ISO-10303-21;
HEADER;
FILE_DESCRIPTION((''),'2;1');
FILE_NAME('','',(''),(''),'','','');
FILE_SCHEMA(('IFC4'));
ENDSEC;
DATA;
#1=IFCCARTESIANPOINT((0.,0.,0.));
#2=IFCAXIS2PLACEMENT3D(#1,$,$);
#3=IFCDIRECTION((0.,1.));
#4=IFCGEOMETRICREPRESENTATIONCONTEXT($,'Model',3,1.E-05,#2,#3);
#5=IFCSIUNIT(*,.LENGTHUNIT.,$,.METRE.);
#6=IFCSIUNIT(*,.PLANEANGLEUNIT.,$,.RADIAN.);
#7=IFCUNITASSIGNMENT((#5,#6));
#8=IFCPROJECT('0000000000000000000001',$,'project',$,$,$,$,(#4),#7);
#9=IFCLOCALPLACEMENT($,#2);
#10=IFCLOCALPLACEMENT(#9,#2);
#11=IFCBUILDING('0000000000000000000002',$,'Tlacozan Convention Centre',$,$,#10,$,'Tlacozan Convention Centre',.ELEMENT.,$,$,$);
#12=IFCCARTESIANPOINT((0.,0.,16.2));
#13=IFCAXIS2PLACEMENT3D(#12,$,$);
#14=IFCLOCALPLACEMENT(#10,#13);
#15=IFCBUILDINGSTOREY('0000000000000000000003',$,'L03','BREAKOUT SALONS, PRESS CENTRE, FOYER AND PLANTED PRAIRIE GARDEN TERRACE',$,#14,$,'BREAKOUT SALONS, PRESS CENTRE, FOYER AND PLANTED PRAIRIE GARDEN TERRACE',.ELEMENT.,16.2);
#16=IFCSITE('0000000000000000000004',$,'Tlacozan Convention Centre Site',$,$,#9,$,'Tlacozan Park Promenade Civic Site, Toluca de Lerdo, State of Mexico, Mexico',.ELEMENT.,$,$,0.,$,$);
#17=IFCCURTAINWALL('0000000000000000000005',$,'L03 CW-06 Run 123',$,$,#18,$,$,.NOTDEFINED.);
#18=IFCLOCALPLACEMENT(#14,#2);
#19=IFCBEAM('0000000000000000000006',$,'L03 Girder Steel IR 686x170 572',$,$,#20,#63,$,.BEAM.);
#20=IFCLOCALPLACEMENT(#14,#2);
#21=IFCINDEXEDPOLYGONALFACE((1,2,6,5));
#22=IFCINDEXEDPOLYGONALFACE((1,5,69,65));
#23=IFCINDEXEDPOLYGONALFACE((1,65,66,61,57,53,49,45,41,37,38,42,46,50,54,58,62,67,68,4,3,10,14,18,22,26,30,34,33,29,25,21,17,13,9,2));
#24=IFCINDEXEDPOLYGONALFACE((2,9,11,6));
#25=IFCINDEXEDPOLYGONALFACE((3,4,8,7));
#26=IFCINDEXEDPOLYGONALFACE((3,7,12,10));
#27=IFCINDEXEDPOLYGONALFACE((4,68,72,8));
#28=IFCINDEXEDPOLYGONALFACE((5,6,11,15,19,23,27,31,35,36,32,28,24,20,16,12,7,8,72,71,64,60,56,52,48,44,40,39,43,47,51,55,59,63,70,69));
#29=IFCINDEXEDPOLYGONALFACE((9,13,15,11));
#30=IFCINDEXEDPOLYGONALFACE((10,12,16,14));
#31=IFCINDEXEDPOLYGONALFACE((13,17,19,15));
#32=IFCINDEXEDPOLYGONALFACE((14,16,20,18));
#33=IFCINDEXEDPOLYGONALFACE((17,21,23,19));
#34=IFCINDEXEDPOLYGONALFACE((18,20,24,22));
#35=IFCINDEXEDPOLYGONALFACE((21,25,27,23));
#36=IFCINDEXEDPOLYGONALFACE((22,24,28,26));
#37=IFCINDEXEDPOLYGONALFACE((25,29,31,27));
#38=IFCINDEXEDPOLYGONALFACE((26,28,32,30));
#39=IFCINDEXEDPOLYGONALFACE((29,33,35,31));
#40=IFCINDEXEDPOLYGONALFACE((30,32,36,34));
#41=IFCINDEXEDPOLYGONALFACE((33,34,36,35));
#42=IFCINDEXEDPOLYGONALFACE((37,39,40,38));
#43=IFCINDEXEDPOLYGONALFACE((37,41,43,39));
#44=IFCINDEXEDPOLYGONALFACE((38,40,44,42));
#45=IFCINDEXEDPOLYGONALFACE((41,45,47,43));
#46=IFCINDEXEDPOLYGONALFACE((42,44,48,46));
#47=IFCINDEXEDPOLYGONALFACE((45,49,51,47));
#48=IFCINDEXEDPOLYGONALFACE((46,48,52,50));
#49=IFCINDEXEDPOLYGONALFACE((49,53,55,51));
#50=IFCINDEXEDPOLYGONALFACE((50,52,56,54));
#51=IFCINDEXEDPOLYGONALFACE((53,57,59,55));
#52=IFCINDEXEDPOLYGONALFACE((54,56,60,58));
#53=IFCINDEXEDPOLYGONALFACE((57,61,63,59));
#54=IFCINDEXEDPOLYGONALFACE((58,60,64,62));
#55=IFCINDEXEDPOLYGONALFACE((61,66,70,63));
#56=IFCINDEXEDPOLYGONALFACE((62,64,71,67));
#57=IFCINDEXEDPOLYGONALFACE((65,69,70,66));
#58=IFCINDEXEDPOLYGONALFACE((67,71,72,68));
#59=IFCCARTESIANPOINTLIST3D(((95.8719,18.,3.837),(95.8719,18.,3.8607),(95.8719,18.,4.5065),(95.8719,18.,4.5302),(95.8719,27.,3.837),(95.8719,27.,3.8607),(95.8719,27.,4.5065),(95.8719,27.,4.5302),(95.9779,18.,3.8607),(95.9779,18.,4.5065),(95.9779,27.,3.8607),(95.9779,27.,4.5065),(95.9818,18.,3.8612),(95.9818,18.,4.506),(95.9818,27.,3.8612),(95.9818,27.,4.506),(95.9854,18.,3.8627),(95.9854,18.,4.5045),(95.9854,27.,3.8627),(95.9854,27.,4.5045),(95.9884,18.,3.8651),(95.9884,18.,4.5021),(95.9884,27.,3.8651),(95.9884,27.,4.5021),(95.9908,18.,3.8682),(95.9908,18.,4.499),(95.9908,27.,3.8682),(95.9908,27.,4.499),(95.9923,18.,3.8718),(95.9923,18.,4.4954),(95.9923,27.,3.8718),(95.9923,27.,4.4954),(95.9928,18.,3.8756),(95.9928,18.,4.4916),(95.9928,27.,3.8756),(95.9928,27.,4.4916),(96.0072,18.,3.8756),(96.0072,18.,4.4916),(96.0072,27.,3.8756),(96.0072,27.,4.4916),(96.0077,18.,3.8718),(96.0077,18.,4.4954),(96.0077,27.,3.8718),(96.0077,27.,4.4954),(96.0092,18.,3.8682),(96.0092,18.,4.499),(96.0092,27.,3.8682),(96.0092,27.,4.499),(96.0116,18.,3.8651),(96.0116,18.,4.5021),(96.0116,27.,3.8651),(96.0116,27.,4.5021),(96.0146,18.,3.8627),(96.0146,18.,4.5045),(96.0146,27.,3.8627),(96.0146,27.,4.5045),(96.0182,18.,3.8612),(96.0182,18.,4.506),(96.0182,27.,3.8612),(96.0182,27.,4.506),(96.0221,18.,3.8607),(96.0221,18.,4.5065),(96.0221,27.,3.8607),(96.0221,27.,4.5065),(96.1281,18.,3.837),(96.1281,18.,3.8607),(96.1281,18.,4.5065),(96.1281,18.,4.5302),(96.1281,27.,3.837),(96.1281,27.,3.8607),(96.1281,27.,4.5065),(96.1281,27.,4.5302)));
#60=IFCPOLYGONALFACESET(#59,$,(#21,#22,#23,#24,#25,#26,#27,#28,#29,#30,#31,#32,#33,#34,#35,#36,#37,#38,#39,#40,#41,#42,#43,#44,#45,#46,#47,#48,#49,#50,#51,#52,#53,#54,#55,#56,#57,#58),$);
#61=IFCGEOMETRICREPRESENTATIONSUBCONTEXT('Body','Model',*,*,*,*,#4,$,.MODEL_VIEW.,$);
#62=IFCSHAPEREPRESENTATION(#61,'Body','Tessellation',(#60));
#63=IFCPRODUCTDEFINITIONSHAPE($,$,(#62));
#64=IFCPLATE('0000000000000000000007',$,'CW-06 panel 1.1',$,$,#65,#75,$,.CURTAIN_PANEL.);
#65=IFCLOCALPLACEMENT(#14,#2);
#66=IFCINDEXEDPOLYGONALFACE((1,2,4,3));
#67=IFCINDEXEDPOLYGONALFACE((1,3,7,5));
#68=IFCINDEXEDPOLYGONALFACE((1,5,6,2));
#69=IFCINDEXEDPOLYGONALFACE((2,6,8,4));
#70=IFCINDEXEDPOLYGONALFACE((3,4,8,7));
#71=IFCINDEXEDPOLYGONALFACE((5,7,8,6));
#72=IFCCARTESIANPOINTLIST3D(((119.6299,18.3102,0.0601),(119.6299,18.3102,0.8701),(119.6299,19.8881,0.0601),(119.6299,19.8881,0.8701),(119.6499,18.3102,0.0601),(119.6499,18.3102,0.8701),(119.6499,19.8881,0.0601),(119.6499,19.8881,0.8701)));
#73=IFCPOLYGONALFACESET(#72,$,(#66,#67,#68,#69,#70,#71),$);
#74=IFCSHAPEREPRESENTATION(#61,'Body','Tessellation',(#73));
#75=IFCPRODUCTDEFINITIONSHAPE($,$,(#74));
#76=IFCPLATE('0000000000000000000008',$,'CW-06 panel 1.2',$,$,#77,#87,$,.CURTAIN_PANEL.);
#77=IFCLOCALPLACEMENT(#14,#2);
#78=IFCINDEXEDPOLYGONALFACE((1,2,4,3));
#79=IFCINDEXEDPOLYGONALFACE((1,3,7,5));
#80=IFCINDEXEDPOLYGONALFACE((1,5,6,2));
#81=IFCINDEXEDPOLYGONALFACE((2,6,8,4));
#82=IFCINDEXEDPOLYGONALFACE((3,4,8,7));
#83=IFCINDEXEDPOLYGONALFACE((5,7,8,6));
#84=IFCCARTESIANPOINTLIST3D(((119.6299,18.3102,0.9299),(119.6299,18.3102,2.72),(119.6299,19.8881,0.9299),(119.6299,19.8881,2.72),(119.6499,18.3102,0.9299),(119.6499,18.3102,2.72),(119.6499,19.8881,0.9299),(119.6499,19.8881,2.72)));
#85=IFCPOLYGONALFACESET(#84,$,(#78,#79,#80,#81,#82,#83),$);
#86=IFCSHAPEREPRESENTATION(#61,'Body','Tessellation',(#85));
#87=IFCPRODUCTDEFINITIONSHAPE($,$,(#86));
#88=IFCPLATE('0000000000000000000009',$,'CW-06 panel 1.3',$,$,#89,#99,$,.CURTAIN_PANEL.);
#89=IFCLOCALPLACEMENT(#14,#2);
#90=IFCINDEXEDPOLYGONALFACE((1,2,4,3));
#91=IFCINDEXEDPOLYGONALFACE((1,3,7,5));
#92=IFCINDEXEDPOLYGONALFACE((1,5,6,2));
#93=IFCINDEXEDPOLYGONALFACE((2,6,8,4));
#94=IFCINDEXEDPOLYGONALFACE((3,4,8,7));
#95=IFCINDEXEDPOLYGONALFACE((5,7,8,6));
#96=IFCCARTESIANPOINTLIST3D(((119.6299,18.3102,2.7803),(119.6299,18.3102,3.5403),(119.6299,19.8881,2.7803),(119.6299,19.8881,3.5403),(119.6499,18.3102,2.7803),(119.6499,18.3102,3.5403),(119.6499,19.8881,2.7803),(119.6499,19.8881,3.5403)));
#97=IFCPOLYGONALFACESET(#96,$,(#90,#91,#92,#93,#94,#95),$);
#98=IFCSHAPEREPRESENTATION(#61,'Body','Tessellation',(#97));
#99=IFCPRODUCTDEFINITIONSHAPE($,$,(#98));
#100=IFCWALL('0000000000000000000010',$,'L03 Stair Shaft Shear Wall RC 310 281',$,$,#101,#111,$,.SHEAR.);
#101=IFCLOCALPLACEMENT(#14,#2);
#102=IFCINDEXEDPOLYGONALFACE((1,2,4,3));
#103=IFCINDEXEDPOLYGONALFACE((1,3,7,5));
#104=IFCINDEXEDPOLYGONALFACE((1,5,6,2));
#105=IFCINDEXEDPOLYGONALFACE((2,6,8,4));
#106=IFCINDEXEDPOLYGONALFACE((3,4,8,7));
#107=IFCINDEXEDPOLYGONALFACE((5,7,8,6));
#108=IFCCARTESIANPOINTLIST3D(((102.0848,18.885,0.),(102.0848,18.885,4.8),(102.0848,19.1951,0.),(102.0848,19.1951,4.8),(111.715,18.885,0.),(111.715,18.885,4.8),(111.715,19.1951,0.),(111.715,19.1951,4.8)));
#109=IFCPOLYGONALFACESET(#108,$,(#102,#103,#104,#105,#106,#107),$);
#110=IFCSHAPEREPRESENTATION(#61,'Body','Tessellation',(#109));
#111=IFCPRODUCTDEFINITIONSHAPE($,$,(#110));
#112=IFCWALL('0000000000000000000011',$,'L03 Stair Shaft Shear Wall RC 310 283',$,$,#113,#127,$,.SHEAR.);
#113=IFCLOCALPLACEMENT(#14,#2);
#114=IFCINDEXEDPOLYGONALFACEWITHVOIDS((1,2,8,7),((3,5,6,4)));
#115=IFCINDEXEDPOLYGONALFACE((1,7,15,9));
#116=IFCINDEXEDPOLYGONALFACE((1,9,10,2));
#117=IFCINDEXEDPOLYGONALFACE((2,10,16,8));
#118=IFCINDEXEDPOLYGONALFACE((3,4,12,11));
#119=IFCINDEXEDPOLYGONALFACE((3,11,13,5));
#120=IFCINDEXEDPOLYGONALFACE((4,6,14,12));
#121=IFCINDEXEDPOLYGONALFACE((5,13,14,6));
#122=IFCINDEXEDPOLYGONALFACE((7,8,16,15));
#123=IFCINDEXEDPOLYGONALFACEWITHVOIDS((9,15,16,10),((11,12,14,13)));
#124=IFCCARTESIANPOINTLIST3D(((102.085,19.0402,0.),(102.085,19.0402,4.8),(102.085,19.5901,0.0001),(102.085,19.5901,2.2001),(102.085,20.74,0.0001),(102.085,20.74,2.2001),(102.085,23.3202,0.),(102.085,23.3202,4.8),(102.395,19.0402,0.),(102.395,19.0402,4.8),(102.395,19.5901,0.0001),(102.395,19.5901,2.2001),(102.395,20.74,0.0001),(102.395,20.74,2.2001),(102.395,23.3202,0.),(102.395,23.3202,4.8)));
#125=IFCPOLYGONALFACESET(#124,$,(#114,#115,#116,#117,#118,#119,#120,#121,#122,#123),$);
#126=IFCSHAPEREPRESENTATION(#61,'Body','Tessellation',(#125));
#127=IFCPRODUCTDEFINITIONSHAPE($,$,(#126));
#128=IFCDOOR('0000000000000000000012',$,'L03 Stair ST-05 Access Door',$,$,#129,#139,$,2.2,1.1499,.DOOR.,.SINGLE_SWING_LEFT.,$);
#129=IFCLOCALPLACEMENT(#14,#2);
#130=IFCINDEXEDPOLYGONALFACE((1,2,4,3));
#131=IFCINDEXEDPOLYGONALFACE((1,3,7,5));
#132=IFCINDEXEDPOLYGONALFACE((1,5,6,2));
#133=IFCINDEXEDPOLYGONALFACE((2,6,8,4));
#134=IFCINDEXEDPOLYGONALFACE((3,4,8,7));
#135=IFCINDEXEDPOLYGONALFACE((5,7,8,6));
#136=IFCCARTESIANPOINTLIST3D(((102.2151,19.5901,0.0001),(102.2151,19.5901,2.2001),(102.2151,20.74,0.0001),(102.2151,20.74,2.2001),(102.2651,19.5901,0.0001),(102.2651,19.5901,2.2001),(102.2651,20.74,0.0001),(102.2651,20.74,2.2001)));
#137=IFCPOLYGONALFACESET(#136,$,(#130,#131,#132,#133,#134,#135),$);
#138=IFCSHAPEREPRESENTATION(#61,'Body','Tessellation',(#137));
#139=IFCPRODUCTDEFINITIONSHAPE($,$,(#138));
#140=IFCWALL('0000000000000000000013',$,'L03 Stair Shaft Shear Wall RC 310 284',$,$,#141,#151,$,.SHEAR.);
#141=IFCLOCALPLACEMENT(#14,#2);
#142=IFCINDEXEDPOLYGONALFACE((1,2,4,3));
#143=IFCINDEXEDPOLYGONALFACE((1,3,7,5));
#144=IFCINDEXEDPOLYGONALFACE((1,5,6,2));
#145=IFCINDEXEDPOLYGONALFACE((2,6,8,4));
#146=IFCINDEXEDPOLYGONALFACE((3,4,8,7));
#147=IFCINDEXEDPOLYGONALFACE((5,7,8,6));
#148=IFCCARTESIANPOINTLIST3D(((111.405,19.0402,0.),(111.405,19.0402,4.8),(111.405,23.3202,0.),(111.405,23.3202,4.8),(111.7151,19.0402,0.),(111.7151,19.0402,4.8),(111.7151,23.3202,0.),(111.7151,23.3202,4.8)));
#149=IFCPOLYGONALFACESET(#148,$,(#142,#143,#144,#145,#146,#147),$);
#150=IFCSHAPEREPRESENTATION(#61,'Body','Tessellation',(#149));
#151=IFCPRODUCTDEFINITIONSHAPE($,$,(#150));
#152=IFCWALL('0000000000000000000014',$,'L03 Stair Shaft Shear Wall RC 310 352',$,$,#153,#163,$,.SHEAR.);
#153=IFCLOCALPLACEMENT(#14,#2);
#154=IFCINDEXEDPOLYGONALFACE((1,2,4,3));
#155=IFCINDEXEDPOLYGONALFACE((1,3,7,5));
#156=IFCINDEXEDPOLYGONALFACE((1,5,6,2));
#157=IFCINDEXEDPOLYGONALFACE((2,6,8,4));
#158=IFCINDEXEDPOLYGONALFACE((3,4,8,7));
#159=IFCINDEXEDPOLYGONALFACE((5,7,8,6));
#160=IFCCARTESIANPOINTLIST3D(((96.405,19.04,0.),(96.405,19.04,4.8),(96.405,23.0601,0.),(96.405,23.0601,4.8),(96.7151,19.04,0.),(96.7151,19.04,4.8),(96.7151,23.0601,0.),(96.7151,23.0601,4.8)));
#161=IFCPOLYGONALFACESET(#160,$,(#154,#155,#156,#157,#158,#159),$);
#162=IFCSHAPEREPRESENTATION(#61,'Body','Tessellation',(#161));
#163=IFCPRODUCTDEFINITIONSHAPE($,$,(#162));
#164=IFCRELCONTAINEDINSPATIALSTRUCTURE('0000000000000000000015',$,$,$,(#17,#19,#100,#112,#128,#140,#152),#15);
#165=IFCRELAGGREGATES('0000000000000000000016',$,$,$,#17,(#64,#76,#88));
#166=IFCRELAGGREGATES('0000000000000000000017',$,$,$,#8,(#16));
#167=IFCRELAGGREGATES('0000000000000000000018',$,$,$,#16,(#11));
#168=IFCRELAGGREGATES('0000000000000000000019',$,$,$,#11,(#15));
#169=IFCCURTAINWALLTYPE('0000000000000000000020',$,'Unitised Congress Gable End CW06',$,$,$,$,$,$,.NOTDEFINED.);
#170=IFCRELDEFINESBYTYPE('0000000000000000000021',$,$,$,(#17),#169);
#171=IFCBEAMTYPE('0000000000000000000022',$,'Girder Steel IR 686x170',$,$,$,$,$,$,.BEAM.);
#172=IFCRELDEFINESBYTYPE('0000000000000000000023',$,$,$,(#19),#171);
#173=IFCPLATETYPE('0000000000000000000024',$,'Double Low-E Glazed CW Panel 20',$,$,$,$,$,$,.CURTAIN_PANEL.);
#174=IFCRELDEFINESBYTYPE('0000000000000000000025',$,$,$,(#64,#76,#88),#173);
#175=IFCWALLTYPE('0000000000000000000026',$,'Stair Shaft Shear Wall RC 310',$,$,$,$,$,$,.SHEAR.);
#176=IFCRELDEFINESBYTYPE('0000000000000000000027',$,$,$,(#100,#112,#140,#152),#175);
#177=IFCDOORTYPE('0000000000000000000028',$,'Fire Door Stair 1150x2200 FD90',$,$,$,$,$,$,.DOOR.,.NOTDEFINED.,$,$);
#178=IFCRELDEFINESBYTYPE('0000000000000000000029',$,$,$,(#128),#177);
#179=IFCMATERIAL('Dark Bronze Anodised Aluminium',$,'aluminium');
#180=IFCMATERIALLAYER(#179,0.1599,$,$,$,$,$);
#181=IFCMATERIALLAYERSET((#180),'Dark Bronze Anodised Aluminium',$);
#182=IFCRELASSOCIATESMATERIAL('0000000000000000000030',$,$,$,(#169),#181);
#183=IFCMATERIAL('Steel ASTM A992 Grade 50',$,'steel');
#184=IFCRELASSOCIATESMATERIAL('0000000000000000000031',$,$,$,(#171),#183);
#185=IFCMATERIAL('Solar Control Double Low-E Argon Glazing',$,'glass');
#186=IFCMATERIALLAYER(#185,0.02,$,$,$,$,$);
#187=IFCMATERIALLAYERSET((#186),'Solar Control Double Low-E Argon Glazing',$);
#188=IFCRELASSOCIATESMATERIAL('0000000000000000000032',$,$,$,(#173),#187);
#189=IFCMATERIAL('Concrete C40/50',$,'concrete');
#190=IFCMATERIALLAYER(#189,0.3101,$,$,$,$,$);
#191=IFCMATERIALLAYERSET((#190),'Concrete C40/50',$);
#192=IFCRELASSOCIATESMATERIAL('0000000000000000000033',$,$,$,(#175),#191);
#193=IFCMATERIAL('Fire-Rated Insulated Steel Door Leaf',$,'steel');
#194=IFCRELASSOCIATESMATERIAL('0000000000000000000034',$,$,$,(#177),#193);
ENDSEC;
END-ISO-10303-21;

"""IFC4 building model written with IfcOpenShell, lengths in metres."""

from ifc_helpers import new_model, si_unit, direction, frame, frame_2d, origin, origin_2d, place, context, subcontext, project, spatial, rectangle, i_section, extrude, material, layer, layer_set, material_profile, profile_set, type_object, element, fill, aggregate, save


model = new_model("IFC4")

# Units and contexts
model_context = context("Model", 3, precision=1e-05, world=origin(), true_north=direction((0.0, 1.0)))
body_context = subcontext(model_context, "Body", "Model", "MODEL_VIEW")
ifc_project = project(units=[si_unit("LENGTHUNIT", "METRE"), si_unit("PLANEANGLEUNIT", "RADIAN")], contexts=[model_context])

# Site, building, storey
site_placement = place(None, origin())
site = spatial("IfcSite", under=ifc_project, at=site_placement, Name="Tlacozan Convention Centre Site", LongName="Tlacozan Park Promenade Civic Site, Toluca de Lerdo, State of Mexico, Mexico", CompositionType="ELEMENT", RefElevation=0.0)
building_placement = place(site_placement, origin())
building = spatial("IfcBuilding", under=site, at=building_placement, Name="Tlacozan Convention Centre", LongName="Tlacozan Convention Centre", CompositionType="ELEMENT")
storey_placement = place(building_placement, frame((0.0, 0.0, 16.2)))
storey = spatial("IfcBuildingStorey", under=building, at=storey_placement, Name="L03", Description="BREAKOUT SALONS, PRESS CENTRE, FOYER AND PLANTED PRAIRIE GARDEN TERRACE", LongName="BREAKOUT SALONS, PRESS CENTRE, FOYER AND PLANTED PRAIRIE GARDEN TERRACE", CompositionType="ELEMENT", Elevation=16.2)

# Shared definitions
ifc_material_1 = material(Name="Concrete C40/50", Category="concrete")

# Curtain wall
ifc_material_2 = material(Name="Dark Bronze Anodised Aluminium", Category="aluminium")
ifc_layer_1 = layer(ifc_material_2, 0.1599)
ifc_layer_set_1 = layer_set([ifc_layer_1], Name="Dark Bronze Anodised Aluminium")
curtain_wall_type = type_object("IfcCurtainWallType", Name="Unitised Congress Gable End CW06", PredefinedType="NOTDEFINED", material=ifc_layer_set_1)
curtain_wall_placement = place(storey_placement, origin())
curtain_wall = element("IfcCurtainWall", 1, at=curtain_wall_placement, inside=storey, type_object=curtain_wall_type, Name="L03 CW-06 Run 123", PredefinedType="NOTDEFINED")

# Beam
ifc_material_3 = material(Name="Steel ASTM A992 Grade 50", Category="steel")
ifc_material_profile_1 = material_profile(ifc_material_3, i_section(OverallWidth=0.2561, OverallDepth=0.6931, WebThickness=0.0144, FlangeThickness=0.0237, FilletRadius=0.0149, at=origin_2d()), Name="IR 686x170.0")
ifc_profile_set_1 = profile_set([ifc_material_profile_1], Name="Steel ASTM A992 Grade 50")
beam_type = type_object("IfcBeamType", Name="Girder Steel IR 686x170", PredefinedType="BEAM", material=ifc_profile_set_1)
beam_placement = place(storey_placement, frame((96.0, 18.0, 4.1836), z_axis=(0.0, 1.0, 0.0), x_axis=(-1.0, 0.0, 0.0)))
element("IfcBeam", 2, at=beam_placement, inside=storey, type_object=beam_type, Name="L03 Girder Steel IR 686x170 572", PredefinedType="BEAM", context=body_context, shape_type="SweptSolid", body=[
    extrude(i_section(OverallWidth=0.2561, OverallDepth=0.6931, WebThickness=0.0144, FlangeThickness=0.0237, FilletRadius=0.0149, at=origin_2d()), origin(), (0.0, 0.0, 1.0), 9.0),
])

# Plates
ifc_material_4 = material(Name="Solar Control Double Low-E Argon Glazing", Category="glass")
ifc_layer_2 = layer(ifc_material_4, 0.02)
ifc_layer_set_2 = layer_set([ifc_layer_2], Name="Solar Control Double Low-E Argon Glazing")
plate_type = type_object("IfcPlateType", Name="Double Low-E Glazed CW Panel 20", PredefinedType="CURTAIN_PANEL", material=ifc_layer_set_2)
plate_1_placement = place(storey_placement, frame((119.6399, 19.0991, 0.0601), z_axis=(0.0, 0.0, 1.0), x_axis=(0.0, 1.0, 0.0)))
plate_1 = element("IfcPlate", 3, at=plate_1_placement, type_object=plate_type, Name="CW-06 panel 1.1", PredefinedType="CURTAIN_PANEL", context=body_context, shape_type="SweptSolid", body=[
    extrude(rectangle(XDim=1.5779, YDim=0.02, at=origin_2d()), origin(), (0.0, 0.0, 1.0), 0.8101),
])
plate_2_placement = place(storey_placement, frame((119.6399, 19.0991, 0.9299), z_axis=(0.0, 0.0, 1.0), x_axis=(0.0, 1.0, 0.0)))
plate_2 = element("IfcPlate", 4, at=plate_2_placement, type_object=plate_type, Name="CW-06 panel 1.2", PredefinedType="CURTAIN_PANEL", context=body_context, shape_type="SweptSolid", body=[
    extrude(rectangle(XDim=1.5779, YDim=0.02, at=origin_2d()), origin(), (0.0, 0.0, 1.0), 1.79),
])
plate_3_placement = place(storey_placement, frame((119.6399, 19.0991, 2.7803), z_axis=(0.0, 0.0, 1.0), x_axis=(0.0, 1.0, 0.0)))
plate_3 = element("IfcPlate", 5, at=plate_3_placement, type_object=plate_type, Name="CW-06 panel 1.3", PredefinedType="CURTAIN_PANEL", context=body_context, shape_type="SweptSolid", body=[
    extrude(rectangle(XDim=1.5779, YDim=0.02, at=origin_2d()), origin(), (0.0, 0.0, 1.0), 0.76),
])
aggregate(curtain_wall, [plate_1, plate_2, plate_3])

# Wall
ifc_layer_3 = layer(ifc_material_1, 0.3101)
ifc_layer_set_3 = layer_set([ifc_layer_3], Name="Concrete C40/50")
wall_type = type_object("IfcWallType", Name="Stair Shaft Shear Wall RC 310", PredefinedType="SHEAR", material=ifc_layer_set_3)
wall_1_placement = place(storey_placement, frame((102.085, 19.04, 0.0), z_axis=(0.0, 0.0, 1.0), x_axis=(1.0, 0.0, 0.0)))
element("IfcWall", 6, at=wall_1_placement, inside=storey, type_object=wall_type, Name="L03 Stair Shaft Shear Wall RC 310 281", PredefinedType="SHEAR", context=body_context, shape_type="SweptSolid", body=[
    extrude(rectangle(XDim=9.6301, YDim=0.3101, at=frame_2d((4.8149, 0.0))), origin(), (0.0, 0.0, 1.0), 4.8),
])

# Wall, opening, door
wall_2_placement = place(storey_placement, frame((102.24, 19.04, 0.0), z_axis=(0.0, 0.0, 1.0), x_axis=(0.0, 1.0, 0.0)))
wall_2 = element("IfcWall", 7, at=wall_2_placement, inside=storey, type_object=wall_type, Name="L03 Stair Shaft Shear Wall RC 310 283", PredefinedType="SHEAR", context=body_context, shape_type="SweptSolid", body=[
    extrude(rectangle(XDim=4.28, YDim=0.3101, at=frame_2d((2.1401, 0.0))), origin(), (0.0, 0.0, 1.0), 4.8),
])
opening_placement = place(wall_2_placement, frame((0.55, 0.0, 0.0)))
opening = element("IfcOpeningElement", 8, at=opening_placement, cuts=wall_2, PredefinedType="OPENING", context=body_context, shape_type="SweptSolid", body=[
    extrude(rectangle(XDim=1.1499, YDim=2.2, at=frame_2d((0.575, 1.1001))), frame((0.0, 0.165, 0.0), z_axis=(0.0, -1.0, 0.0), x_axis=(1.0, 0.0, 0.0)), (0.0, 0.0, 1.0), 0.3301),
])
ifc_material_5 = material(Name="Fire-Rated Insulated Steel Door Leaf", Category="steel")
door_type = type_object("IfcDoorType", Name="Fire Door Stair 1150x2200 FD90", OperationType="NOTDEFINED", PredefinedType="DOOR", material=ifc_material_5)
door_placement = place(opening_placement, origin())
door = element("IfcDoor", 9, at=door_placement, inside=storey, type_object=door_type, Name="L03 Stair ST-05 Access Door", OperationType="SINGLE_SWING_LEFT", OverallHeight=2.2, OverallWidth=1.1499, PredefinedType="DOOR", context=body_context, shape_type="SweptSolid", body=[
    extrude(rectangle(XDim=1.1499, YDim=2.2, at=frame_2d((0.575, 1.1001))), frame((0.0, 0.0249, 0.0), z_axis=(0.0, -1.0, 0.0), x_axis=(1.0, 0.0, 0.0)), (0.0, 0.0, 1.0), 0.05),
])
fill(opening, door)

# Walls
wall_3_placement = place(storey_placement, frame((111.5601, 19.04, 0.0), z_axis=(0.0, 0.0, 1.0), x_axis=(0.0, 1.0, 0.0)))
element("IfcWall", 10, at=wall_3_placement, inside=storey, type_object=wall_type, Name="L03 Stair Shaft Shear Wall RC 310 284", PredefinedType="SHEAR", context=body_context, shape_type="SweptSolid", body=[
    extrude(rectangle(XDim=4.28, YDim=0.3101, at=frame_2d((2.1401, 0.0))), origin(), (0.0, 0.0, 1.0), 4.8),
])
wall_4_placement = place(storey_placement, frame((96.5601, 19.04, 0.0), z_axis=(0.0, 0.0, 1.0), x_axis=(0.0, 1.0, 0.0)))
element("IfcWall", 11, at=wall_4_placement, inside=storey, type_object=wall_type, Name="L03 Stair Shaft Shear Wall RC 310 352", PredefinedType="SHEAR", context=body_context, shape_type="SweptSolid", body=[
    extrude(rectangle(XDim=4.02, YDim=0.3101, at=frame_2d((2.01, 0.0))), origin(), (0.0, 0.0, 1.0), 4.8),
])

save(model, "model.ifc")
